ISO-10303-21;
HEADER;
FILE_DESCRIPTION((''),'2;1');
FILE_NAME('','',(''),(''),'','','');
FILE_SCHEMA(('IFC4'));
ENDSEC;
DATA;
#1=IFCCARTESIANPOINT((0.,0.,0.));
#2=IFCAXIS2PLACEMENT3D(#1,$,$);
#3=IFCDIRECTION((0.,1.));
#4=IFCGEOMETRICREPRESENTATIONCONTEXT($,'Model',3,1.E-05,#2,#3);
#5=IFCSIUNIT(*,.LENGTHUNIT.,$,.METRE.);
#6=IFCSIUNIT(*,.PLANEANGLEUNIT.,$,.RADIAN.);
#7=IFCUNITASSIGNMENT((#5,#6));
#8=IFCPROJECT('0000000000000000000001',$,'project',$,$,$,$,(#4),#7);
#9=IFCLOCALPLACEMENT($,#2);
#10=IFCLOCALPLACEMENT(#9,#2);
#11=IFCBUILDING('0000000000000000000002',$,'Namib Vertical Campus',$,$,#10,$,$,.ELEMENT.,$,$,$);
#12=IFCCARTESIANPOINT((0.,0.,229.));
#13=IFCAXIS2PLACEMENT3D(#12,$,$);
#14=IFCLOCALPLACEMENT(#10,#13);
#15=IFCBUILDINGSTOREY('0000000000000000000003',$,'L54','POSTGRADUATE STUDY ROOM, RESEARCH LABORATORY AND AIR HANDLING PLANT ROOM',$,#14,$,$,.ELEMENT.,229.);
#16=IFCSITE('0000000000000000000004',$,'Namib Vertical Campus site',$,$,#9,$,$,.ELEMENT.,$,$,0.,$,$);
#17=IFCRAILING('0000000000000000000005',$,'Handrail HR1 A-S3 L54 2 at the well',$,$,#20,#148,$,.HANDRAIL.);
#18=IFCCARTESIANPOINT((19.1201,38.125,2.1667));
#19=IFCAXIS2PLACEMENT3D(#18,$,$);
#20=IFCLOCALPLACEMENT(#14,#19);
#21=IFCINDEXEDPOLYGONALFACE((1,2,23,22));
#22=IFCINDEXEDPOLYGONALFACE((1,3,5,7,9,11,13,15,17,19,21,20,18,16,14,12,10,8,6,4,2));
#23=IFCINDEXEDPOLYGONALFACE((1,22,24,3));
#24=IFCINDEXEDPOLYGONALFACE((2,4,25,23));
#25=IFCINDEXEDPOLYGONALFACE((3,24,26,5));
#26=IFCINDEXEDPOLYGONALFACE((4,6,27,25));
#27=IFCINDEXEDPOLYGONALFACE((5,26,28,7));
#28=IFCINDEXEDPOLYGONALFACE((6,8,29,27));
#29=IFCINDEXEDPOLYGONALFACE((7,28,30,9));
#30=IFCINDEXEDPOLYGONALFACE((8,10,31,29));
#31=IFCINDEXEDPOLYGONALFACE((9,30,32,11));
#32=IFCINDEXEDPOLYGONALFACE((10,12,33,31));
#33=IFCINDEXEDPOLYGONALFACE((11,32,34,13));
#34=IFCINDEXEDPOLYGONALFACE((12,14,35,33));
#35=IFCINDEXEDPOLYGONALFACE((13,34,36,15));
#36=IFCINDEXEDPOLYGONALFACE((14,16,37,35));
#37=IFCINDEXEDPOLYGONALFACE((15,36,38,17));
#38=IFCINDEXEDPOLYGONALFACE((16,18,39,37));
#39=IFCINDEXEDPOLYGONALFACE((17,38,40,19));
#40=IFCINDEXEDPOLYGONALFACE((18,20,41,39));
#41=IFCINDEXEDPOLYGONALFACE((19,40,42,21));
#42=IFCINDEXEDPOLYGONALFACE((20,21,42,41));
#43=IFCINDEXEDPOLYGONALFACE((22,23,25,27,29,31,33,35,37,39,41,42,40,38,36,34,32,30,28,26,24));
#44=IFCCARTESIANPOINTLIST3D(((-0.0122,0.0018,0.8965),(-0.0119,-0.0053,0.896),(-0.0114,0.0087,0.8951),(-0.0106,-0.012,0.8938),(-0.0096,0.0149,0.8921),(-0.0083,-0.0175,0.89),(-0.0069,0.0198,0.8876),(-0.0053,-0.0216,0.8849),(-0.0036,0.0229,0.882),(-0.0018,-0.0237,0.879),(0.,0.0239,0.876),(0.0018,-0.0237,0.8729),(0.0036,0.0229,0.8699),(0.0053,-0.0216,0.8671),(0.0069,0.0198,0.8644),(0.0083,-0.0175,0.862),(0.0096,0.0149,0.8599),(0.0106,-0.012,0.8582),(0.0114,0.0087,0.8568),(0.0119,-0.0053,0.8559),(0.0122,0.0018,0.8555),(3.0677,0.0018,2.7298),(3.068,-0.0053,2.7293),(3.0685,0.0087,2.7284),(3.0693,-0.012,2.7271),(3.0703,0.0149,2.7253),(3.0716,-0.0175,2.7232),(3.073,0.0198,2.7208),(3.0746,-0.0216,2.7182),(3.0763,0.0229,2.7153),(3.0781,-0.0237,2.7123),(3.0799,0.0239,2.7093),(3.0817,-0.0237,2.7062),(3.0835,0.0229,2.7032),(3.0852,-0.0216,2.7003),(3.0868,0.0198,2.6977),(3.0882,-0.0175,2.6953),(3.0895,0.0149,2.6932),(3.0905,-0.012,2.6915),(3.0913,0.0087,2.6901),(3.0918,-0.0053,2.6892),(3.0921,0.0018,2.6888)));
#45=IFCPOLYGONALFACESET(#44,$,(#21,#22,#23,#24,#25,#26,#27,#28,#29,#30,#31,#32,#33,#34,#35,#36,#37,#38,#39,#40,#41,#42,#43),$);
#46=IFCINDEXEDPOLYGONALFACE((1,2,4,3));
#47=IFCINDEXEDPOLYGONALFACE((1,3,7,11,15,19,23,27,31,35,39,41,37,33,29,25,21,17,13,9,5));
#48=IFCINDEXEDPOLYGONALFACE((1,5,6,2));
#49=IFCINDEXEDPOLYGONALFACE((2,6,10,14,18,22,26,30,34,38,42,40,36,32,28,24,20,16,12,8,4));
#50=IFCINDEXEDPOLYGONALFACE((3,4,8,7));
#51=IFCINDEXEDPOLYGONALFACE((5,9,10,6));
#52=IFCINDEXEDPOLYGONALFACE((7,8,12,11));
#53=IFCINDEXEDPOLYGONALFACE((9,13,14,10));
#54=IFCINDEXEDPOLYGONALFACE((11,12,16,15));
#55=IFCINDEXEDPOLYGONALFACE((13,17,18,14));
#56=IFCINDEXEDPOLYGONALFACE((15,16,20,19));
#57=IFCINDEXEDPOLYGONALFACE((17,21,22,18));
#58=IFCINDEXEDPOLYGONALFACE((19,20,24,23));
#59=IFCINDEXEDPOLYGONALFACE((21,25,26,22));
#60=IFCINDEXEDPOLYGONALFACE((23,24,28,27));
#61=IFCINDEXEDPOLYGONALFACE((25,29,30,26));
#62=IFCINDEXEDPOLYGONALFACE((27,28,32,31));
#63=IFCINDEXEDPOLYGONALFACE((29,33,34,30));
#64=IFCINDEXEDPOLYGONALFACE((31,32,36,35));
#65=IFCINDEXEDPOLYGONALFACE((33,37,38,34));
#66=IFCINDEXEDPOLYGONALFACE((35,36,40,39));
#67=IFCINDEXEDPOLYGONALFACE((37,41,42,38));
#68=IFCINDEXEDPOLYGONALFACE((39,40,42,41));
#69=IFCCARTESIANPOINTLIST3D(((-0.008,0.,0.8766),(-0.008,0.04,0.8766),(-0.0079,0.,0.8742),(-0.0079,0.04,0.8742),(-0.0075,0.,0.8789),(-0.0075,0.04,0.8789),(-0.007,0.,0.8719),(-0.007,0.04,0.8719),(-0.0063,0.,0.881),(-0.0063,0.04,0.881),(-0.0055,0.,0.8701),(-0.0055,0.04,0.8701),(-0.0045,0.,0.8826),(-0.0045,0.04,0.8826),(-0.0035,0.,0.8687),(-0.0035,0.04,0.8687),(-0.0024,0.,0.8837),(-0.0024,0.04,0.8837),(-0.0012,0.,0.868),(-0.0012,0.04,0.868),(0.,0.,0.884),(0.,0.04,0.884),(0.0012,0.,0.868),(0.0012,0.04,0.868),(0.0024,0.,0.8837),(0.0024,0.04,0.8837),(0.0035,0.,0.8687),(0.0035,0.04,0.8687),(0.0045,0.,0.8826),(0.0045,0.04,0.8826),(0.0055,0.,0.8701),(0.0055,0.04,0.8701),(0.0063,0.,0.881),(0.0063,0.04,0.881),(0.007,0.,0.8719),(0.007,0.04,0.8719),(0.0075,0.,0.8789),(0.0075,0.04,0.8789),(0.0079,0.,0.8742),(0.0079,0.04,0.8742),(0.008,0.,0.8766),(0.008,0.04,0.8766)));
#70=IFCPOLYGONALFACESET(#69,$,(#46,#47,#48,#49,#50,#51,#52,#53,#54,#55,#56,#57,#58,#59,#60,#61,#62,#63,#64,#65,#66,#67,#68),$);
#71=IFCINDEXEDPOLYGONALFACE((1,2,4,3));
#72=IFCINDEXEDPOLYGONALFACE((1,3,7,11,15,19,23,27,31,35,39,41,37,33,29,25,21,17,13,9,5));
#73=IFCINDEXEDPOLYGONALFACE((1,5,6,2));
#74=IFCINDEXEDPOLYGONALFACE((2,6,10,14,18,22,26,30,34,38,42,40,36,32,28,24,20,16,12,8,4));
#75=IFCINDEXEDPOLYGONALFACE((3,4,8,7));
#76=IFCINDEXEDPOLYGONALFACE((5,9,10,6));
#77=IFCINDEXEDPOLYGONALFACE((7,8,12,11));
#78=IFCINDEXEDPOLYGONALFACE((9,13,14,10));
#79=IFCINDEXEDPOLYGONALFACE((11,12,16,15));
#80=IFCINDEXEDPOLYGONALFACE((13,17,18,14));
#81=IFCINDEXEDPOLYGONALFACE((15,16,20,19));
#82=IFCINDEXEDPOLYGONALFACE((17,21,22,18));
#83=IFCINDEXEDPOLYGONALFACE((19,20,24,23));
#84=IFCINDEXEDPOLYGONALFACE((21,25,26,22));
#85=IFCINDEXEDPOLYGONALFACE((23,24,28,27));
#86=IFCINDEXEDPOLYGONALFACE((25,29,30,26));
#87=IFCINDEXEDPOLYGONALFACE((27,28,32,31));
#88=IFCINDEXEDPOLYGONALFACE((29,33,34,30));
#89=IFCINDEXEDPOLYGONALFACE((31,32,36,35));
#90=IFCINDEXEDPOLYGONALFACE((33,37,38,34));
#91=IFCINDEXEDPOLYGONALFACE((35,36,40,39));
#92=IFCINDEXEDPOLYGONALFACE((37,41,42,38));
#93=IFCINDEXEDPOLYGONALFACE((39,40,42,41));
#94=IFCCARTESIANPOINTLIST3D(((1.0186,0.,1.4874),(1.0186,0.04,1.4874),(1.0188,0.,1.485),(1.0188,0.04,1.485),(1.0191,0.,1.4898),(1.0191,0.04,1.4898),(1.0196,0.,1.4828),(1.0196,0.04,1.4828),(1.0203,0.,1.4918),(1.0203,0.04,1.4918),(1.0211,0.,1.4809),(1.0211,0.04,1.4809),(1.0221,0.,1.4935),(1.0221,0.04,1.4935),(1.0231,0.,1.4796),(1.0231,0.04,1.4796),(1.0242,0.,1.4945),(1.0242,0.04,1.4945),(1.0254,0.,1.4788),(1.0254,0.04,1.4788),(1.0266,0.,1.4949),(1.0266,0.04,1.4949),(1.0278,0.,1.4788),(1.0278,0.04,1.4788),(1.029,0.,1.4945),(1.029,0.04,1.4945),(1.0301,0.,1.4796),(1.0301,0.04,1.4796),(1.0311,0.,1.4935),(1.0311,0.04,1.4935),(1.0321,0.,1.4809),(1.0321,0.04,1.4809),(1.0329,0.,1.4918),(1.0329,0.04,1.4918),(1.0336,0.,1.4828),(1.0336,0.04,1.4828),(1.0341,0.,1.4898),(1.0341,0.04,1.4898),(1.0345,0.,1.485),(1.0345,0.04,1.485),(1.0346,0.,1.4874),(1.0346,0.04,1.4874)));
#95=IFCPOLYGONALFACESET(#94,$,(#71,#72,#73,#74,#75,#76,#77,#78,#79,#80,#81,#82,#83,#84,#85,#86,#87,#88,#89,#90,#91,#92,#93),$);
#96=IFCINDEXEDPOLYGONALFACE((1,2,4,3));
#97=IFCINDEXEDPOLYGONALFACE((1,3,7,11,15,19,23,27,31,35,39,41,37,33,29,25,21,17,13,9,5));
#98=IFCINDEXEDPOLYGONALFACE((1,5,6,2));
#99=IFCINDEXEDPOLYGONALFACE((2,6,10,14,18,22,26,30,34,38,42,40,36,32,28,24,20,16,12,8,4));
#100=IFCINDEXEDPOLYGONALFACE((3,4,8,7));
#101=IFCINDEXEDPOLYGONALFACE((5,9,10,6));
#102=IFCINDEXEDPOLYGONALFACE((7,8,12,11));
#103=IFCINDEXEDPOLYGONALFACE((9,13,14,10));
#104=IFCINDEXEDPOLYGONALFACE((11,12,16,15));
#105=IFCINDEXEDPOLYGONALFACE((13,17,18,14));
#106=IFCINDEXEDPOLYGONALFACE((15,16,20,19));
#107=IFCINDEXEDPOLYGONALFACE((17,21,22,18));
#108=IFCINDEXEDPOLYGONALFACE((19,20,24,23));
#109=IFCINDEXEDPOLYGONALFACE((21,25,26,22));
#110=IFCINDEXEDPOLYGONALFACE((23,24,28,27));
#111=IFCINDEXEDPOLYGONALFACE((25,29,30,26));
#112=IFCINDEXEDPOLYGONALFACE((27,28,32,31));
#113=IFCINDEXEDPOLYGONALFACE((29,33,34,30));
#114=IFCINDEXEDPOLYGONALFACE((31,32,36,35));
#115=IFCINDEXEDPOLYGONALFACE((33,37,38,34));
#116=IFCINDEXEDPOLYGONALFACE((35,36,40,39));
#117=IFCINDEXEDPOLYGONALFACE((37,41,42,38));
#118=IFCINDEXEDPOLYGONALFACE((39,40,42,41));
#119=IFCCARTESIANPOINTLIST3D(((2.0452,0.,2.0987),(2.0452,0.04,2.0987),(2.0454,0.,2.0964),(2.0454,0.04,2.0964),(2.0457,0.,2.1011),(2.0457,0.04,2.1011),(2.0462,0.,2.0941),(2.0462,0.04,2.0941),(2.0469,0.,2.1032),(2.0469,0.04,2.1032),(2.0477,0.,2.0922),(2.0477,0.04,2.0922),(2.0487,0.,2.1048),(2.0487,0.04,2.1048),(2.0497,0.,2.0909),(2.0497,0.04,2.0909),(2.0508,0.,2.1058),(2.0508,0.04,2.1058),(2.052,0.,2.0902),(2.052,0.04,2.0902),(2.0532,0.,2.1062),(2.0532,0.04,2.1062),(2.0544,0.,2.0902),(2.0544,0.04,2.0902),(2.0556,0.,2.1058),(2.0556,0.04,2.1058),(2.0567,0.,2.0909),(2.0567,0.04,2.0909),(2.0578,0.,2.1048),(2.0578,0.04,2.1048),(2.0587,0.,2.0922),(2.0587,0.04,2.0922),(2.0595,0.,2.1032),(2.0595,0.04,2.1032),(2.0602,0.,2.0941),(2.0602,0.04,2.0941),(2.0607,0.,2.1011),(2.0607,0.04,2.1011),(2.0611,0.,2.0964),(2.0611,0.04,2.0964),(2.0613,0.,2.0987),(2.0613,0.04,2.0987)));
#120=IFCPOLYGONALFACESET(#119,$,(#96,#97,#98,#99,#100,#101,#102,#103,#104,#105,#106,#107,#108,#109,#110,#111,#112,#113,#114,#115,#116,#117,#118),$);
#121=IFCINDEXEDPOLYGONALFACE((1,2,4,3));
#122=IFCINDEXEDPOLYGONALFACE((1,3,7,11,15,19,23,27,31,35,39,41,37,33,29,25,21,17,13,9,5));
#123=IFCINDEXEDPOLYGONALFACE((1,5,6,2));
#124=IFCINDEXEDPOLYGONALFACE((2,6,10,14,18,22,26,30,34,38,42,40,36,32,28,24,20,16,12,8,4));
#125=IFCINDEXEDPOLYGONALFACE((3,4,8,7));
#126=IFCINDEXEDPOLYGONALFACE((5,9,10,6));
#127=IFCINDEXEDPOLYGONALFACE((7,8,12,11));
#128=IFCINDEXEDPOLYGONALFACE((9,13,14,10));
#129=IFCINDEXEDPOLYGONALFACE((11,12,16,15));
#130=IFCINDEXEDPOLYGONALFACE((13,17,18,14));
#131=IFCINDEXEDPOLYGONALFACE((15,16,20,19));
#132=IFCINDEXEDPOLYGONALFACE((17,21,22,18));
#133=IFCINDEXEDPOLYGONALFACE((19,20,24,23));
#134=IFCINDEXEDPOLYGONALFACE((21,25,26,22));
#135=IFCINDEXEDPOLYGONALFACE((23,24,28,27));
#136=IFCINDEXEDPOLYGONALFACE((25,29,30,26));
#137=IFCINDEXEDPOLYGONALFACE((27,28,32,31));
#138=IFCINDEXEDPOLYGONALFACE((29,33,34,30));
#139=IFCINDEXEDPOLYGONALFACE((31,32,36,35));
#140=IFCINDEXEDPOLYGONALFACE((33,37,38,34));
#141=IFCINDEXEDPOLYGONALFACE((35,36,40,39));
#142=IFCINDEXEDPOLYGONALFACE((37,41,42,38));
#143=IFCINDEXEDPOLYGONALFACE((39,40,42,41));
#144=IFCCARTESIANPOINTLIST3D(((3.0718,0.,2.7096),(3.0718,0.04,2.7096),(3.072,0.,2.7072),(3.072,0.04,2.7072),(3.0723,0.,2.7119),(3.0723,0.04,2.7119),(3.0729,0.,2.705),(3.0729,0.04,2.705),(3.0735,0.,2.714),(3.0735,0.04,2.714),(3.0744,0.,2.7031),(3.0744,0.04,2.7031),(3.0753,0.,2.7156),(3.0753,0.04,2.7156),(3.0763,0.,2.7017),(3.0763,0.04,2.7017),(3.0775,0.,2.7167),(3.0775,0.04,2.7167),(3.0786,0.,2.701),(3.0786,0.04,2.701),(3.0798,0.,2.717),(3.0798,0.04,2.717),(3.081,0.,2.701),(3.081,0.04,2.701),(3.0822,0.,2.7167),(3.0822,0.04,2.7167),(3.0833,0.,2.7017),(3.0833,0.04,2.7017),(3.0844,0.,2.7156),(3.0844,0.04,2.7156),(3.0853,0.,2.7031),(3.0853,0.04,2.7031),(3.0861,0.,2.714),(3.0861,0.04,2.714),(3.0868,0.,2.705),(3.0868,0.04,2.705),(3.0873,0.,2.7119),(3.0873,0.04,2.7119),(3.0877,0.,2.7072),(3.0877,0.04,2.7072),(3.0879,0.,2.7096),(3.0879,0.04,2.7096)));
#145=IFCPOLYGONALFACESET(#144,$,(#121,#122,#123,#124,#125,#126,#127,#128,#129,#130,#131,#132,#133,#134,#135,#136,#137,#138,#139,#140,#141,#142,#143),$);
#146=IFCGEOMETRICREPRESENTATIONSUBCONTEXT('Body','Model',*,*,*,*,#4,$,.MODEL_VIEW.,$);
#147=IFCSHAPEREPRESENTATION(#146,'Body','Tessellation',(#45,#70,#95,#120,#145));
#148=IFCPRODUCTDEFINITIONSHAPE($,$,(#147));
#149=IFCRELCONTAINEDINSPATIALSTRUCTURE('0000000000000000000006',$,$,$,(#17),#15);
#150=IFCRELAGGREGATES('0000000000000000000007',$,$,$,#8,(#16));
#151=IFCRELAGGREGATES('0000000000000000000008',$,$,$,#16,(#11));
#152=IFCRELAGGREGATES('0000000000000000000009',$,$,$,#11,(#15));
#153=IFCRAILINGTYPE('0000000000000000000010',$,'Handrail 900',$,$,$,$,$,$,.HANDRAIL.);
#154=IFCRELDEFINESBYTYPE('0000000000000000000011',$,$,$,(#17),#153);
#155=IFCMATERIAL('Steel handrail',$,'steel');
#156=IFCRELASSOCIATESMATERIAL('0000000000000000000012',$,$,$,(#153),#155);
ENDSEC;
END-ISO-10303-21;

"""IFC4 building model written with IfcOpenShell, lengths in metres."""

from ifc_helpers import new_model, si_unit, direction, frame, origin, origin_2d, place, context, subcontext, project, spatial, circle, extrude, material, type_object, element, save


model = new_model("IFC4")

# Units and contexts
model_context = context("Model", 3, precision=1e-05, world=origin(), true_north=direction((0.0, 1.0)))
body_context = subcontext(model_context, "Body", "Model", "MODEL_VIEW")
ifc_project = project(units=[si_unit("LENGTHUNIT", "METRE"), si_unit("PLANEANGLEUNIT", "RADIAN")], contexts=[model_context])

# Site, building, storey
site_placement = place(None, origin())
site = spatial("IfcSite", under=ifc_project, at=site_placement, Name="Namib Vertical Campus site", CompositionType="ELEMENT", RefElevation=0.0)
building_placement = place(site_placement, origin())
building = spatial("IfcBuilding", under=site, at=building_placement, Name="Namib Vertical Campus", CompositionType="ELEMENT")
storey_placement = place(building_placement, frame((0.0, 0.0, 229.0)))
storey = spatial("IfcBuildingStorey", under=building, at=storey_placement, Name="L54", Description="POSTGRADUATE STUDY ROOM, RESEARCH LABORATORY AND AIR HANDLING PLANT ROOM", CompositionType="ELEMENT", Elevation=229.0)

# Railing
ifc_material_1 = material(Name="Steel handrail", Category="steel")
railing_type_1 = type_object("IfcRailingType", Name="Handrail 900", PredefinedType="HANDRAIL", material=ifc_material_1)
railing_1_placement = place(storey_placement, frame((19.1201, 38.125, 2.1667)))
element("IfcRailing", 1, at=railing_1_placement, inside=storey, type_object=railing_type_1, Name="Handrail HR1 A-S3 L54 2 at the well", PredefinedType="HANDRAIL", context=body_context, shape_type="SweptSolid", body=[
    extrude(circle(Radius=0.0239, at=origin_2d()), frame((0.0, 0.0, 0.876), z_axis=(0.859291, 0.0, 0.511487), x_axis=(0.0, 1.0, 0.0)), (0.0, 0.0, 1.0), 3.5842),
    extrude(circle(Radius=0.0081, at=origin_2d()), frame((0.0, 0.0, 0.876), z_axis=(0.0, 1.0, 0.0), x_axis=(0.0, 0.0, 1.0)), (0.0, 0.0, 1.0), 0.04),
    extrude(circle(Radius=0.0081, at=origin_2d()), frame((1.0266, 0.0, 1.4868), z_axis=(0.0, 1.0, 0.0), x_axis=(0.0, 0.0, 1.0)), (0.0, 0.0, 1.0), 0.04),
    extrude(circle(Radius=0.0081, at=origin_2d()), frame((2.0532, 0.0, 2.0981), z_axis=(0.0, 1.0, 0.0), x_axis=(0.0, 0.0, 1.0)), (0.0, 0.0, 1.0), 0.04),
    extrude(circle(Radius=0.0081, at=origin_2d()), frame((3.0798, 0.0, 2.709), z_axis=(0.0, 1.0, 0.0), x_axis=(0.0, 0.0, 1.0)), (0.0, 0.0, 1.0), 0.04),
])

save(model, "model.ifc")
